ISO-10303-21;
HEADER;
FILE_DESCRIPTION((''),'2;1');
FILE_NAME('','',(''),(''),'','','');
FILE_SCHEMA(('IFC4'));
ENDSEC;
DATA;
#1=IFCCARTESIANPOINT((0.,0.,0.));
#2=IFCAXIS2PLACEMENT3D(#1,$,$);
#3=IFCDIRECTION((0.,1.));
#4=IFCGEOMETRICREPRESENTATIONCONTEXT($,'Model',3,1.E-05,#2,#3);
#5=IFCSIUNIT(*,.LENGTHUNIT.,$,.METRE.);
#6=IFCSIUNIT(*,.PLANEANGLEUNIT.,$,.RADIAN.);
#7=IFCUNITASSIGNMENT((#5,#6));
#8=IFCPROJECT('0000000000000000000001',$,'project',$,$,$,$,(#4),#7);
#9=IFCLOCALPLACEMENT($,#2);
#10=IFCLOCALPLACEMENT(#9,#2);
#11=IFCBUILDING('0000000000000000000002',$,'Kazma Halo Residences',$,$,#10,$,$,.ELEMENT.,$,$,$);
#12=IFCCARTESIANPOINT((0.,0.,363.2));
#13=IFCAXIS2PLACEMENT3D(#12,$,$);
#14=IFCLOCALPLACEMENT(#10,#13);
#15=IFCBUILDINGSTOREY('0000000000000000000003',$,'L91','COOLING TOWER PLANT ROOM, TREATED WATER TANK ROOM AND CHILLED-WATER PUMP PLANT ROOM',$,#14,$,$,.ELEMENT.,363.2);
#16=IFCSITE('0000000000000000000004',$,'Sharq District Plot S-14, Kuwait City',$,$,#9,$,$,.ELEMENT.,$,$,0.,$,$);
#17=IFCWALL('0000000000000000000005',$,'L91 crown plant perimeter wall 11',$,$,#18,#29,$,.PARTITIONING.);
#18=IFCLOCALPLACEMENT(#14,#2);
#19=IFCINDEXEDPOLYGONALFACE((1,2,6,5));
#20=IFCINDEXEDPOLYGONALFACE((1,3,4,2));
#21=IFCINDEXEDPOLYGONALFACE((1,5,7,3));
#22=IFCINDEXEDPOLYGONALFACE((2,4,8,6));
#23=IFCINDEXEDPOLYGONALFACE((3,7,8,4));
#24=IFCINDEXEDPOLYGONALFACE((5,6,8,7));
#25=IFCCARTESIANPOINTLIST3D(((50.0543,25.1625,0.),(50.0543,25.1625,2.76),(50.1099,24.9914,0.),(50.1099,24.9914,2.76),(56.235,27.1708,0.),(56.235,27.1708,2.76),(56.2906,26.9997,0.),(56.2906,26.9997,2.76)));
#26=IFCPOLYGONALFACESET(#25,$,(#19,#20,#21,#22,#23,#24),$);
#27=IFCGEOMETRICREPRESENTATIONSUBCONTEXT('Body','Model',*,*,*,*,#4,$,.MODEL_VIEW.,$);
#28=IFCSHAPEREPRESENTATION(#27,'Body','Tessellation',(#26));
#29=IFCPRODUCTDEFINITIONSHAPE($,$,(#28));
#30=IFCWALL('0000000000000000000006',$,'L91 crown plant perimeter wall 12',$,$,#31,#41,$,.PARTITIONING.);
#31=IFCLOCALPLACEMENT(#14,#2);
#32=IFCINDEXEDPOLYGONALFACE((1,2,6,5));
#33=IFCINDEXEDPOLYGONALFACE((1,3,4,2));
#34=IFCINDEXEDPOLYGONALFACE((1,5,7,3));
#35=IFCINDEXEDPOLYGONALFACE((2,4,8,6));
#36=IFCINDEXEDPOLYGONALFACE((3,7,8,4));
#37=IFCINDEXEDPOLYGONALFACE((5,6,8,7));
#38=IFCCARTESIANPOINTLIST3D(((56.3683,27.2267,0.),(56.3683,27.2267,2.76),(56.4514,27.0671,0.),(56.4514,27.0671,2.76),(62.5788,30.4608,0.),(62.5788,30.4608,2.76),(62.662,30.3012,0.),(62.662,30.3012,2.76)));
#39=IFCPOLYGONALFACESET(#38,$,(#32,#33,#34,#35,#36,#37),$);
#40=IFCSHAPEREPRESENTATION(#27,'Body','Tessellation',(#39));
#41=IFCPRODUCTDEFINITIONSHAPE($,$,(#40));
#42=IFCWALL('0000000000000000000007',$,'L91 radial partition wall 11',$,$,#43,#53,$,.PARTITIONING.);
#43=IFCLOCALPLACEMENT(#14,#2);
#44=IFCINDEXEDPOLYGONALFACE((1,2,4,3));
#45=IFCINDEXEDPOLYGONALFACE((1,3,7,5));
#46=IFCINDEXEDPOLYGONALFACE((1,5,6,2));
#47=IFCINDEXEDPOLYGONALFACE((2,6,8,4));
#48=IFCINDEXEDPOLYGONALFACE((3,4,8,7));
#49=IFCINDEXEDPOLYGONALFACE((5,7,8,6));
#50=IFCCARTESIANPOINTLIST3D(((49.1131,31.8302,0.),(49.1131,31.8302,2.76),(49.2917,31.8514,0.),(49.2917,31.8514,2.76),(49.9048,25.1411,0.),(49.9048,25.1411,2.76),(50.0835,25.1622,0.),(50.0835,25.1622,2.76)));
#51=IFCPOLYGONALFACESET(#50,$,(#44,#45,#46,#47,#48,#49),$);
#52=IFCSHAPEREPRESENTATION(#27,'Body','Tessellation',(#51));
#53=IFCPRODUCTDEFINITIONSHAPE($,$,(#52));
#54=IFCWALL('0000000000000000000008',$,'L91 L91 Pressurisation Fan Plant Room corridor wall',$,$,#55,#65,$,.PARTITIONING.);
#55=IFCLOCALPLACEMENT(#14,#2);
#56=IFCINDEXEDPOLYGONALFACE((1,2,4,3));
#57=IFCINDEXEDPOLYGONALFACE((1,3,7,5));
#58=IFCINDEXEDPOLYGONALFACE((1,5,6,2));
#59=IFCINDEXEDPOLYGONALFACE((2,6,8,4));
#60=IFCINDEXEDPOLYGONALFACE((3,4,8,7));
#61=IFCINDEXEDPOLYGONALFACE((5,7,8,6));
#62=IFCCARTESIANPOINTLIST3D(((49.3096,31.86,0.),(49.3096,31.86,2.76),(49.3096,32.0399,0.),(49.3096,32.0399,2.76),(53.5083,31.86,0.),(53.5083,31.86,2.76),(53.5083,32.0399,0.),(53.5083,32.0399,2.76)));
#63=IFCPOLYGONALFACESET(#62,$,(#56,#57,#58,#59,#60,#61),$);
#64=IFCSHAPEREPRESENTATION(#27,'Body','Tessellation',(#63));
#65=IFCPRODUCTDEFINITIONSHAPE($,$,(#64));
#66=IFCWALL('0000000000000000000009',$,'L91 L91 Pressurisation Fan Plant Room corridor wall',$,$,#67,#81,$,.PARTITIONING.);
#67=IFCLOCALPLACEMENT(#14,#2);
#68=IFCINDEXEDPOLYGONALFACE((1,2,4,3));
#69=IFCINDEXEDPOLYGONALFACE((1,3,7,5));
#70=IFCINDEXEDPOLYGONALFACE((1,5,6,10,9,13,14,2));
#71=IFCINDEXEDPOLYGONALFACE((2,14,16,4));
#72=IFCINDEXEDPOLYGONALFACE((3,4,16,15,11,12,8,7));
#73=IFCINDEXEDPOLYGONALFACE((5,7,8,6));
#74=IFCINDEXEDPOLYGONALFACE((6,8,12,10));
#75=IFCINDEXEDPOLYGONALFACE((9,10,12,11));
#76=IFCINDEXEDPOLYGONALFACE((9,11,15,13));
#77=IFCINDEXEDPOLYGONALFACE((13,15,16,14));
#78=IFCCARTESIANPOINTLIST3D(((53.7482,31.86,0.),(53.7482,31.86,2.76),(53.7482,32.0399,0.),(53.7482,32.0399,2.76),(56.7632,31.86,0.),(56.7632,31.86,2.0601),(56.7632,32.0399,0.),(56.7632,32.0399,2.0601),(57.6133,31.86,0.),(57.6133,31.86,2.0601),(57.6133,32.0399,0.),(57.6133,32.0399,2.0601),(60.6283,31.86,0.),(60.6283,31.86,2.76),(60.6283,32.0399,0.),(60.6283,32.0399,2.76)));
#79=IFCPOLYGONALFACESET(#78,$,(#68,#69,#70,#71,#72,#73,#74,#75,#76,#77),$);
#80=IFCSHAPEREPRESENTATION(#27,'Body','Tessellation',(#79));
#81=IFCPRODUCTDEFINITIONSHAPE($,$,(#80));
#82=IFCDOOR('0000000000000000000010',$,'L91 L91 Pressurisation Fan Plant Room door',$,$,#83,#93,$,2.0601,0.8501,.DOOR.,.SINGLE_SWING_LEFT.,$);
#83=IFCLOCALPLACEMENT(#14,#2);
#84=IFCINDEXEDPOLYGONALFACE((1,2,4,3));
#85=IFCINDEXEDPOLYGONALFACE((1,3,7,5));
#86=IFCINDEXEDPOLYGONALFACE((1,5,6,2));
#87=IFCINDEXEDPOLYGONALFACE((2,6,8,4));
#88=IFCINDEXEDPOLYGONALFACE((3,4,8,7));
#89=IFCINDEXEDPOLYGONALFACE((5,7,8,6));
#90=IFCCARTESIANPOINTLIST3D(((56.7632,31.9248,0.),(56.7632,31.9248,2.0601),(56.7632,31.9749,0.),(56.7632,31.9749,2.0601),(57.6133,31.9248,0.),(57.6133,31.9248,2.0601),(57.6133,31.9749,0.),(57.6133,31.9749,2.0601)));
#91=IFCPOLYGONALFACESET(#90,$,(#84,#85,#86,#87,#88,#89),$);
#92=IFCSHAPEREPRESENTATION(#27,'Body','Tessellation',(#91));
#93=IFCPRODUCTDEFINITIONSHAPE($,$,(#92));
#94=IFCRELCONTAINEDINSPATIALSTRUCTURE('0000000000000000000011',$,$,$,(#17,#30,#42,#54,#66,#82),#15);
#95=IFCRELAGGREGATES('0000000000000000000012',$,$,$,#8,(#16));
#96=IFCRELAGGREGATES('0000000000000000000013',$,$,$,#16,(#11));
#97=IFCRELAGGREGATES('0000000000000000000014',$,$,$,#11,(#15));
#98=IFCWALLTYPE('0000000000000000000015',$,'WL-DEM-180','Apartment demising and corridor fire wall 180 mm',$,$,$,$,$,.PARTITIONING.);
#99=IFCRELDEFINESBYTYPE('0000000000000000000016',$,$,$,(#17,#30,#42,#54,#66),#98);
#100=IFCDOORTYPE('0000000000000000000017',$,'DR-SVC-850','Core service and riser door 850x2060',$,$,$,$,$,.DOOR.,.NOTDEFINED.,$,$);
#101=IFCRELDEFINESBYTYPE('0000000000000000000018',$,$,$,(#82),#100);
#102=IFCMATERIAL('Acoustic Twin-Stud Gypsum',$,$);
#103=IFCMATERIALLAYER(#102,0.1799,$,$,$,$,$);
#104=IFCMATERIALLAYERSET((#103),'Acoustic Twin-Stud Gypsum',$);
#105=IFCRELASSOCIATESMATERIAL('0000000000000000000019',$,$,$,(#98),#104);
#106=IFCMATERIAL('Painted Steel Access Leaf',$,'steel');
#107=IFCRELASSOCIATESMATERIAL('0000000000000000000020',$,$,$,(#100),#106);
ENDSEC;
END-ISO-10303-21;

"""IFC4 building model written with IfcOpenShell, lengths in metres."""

from ifc_helpers import new_model, si_unit, direction, frame, frame_2d, origin, place, context, subcontext, project, spatial, rectangle, extrude, material, layer, layer_set, type_object, element, fill, save


model = new_model("IFC4")

# Units and contexts
model_context = context("Model", 3, precision=1e-05, world=origin(), true_north=direction((0.0, 1.0)))
body_context = subcontext(model_context, "Body", "Model", "MODEL_VIEW")
ifc_project = project(units=[si_unit("LENGTHUNIT", "METRE"), si_unit("PLANEANGLEUNIT", "RADIAN")], contexts=[model_context])

# Site, building, storey
site_placement = place(None, origin())
site = spatial("IfcSite", under=ifc_project, at=site_placement, Name="Sharq District Plot S-14, Kuwait City", CompositionType="ELEMENT", RefElevation=0.0)
building_placement = place(site_placement, origin())
building = spatial("IfcBuilding", under=site, at=building_placement, Name="Kazma Halo Residences", CompositionType="ELEMENT")
storey_placement = place(building_placement, frame((0.0, 0.0, 363.2)))
storey = spatial("IfcBuildingStorey", under=building, at=storey_placement, Name="L91", Description="COOLING TOWER PLANT ROOM, TREATED WATER TANK ROOM AND CHILLED-WATER PUMP PLANT ROOM", CompositionType="ELEMENT", Elevation=363.2)

# Walls
ifc_material_1 = material(Name="Acoustic Twin-Stud Gypsum")
ifc_layer_1 = layer(ifc_material_1, 0.1799)
ifc_layer_set_1 = layer_set([ifc_layer_1], Name="Acoustic Twin-Stud Gypsum")
wall_type_1 = type_object("IfcWallType", Name="WL-DEM-180", Description="Apartment demising and corridor fire wall 180 mm", PredefinedType="PARTITIONING", material=ifc_layer_set_1)
wall_1_placement = place(storey_placement, frame((50.082, 25.0769, 0.0), z_axis=(0.0, 0.0, 1.0), x_axis=(0.951053, 0.309028, 0.0)))
element("IfcWall", 1, at=wall_1_placement, inside=storey, type_object=wall_type_1, Name="L91 crown plant perimeter wall 11", PredefinedType="PARTITIONING", context=body_context, shape_type="SweptSolid", body=[
    extrude(rectangle(XDim=6.4988, YDim=0.1799, at=frame_2d((3.2495, 0.0))), origin(), (0.0, 0.0, 1.0), 2.76),
])
wall_2_placement = place(storey_placement, frame((56.4099, 27.147, 0.0), z_axis=(0.0, 0.0, 1.0), x_axis=(0.886949, 0.461866, 0.0)))
element("IfcWall", 2, at=wall_2_placement, inside=storey, type_object=wall_type_1, Name="L91 crown plant perimeter wall 12", PredefinedType="PARTITIONING", context=body_context, shape_type="SweptSolid", body=[
    extrude(rectangle(XDim=7.0022, YDim=0.1799, at=frame_2d((3.501, 0.0))), origin(), (0.0, 0.0, 1.0), 2.76),
])
wall_3_placement = place(storey_placement, frame((49.2024, 31.8408, 0.0), z_axis=(0.0, 0.0, 1.0), x_axis=(0.117541, -0.993068, 0.0)))
element("IfcWall", 3, at=wall_3_placement, inside=storey, type_object=wall_type_1, Name="L91 radial partition wall 11", PredefinedType="PARTITIONING", context=body_context, shape_type="SweptSolid", body=[
    extrude(rectangle(XDim=6.7358, YDim=0.1799, at=frame_2d((3.3679, 0.0))), origin(), (0.0, 0.0, 1.0), 2.76),
])
wall_4_placement = place(storey_placement, frame((49.3096, 31.95, 0.0), z_axis=(0.0, 0.0, 1.0), x_axis=(1.0, 0.0, 0.0)))
element("IfcWall", 4, at=wall_4_placement, inside=storey, type_object=wall_type_1, Name="L91 L91 Pressurisation Fan Plant Room corridor wall", PredefinedType="PARTITIONING", context=body_context, shape_type="SweptSolid", body=[
    extrude(rectangle(XDim=4.1987, YDim=0.1799, at=frame_2d((2.0994, 0.0))), origin(), (0.0, 0.0, 1.0), 2.76),
])

# Wall, opening, door
wall_5_placement = place(storey_placement, frame((53.7483, 31.95, 0.0), z_axis=(0.0, 0.0, 1.0), x_axis=(1.0, 0.0, 0.0)))
wall_5 = element("IfcWall", 5, at=wall_5_placement, inside=storey, type_object=wall_type_1, Name="L91 L91 Pressurisation Fan Plant Room corridor wall", PredefinedType="PARTITIONING", context=body_context, shape_type="SweptSolid", body=[
    extrude(rectangle(XDim=6.8801, YDim=0.1799, at=frame_2d((3.4399, 0.0))), origin(), (0.0, 0.0, 1.0), 2.76),
])
opening_placement = place(wall_5_placement, frame((3.0149, 0.0, 0.0)))
opening = element("IfcOpeningElement", 6, at=opening_placement, cuts=wall_5, PredefinedType="OPENING", context=body_context, shape_type="SweptSolid", body=[
    extrude(rectangle(XDim=0.8501, YDim=2.0601, at=frame_2d((0.425, 1.03))), frame((0.0, 0.0999, 0.0), z_axis=(0.0, -1.0, 0.0), x_axis=(1.0, 0.0, 0.0)), (0.0, 0.0, 1.0), 0.2),
])
ifc_material_2 = material(Name="Painted Steel Access Leaf", Category="steel")
door_type = type_object("IfcDoorType", Name="DR-SVC-850", Description="Core service and riser door 850x2060", OperationType="NOTDEFINED", PredefinedType="DOOR", material=ifc_material_2)
door_placement = place(opening_placement, origin())
door = element("IfcDoor", 7, at=door_placement, inside=storey, type_object=door_type, Name="L91 L91 Pressurisation Fan Plant Room door", OperationType="SINGLE_SWING_LEFT", OverallHeight=2.0601, OverallWidth=0.8501, PredefinedType="DOOR", context=body_context, shape_type="SweptSolid", body=[
    extrude(rectangle(XDim=0.8501, YDim=2.0601, at=frame_2d((0.425, 1.03))), frame((0.0, 0.0249, 0.0), z_axis=(0.0, -1.0, 0.0), x_axis=(1.0, 0.0, 0.0)), (0.0, 0.0, 1.0), 0.05),
])
fill(opening, door)

save(model, "model.ifc")
